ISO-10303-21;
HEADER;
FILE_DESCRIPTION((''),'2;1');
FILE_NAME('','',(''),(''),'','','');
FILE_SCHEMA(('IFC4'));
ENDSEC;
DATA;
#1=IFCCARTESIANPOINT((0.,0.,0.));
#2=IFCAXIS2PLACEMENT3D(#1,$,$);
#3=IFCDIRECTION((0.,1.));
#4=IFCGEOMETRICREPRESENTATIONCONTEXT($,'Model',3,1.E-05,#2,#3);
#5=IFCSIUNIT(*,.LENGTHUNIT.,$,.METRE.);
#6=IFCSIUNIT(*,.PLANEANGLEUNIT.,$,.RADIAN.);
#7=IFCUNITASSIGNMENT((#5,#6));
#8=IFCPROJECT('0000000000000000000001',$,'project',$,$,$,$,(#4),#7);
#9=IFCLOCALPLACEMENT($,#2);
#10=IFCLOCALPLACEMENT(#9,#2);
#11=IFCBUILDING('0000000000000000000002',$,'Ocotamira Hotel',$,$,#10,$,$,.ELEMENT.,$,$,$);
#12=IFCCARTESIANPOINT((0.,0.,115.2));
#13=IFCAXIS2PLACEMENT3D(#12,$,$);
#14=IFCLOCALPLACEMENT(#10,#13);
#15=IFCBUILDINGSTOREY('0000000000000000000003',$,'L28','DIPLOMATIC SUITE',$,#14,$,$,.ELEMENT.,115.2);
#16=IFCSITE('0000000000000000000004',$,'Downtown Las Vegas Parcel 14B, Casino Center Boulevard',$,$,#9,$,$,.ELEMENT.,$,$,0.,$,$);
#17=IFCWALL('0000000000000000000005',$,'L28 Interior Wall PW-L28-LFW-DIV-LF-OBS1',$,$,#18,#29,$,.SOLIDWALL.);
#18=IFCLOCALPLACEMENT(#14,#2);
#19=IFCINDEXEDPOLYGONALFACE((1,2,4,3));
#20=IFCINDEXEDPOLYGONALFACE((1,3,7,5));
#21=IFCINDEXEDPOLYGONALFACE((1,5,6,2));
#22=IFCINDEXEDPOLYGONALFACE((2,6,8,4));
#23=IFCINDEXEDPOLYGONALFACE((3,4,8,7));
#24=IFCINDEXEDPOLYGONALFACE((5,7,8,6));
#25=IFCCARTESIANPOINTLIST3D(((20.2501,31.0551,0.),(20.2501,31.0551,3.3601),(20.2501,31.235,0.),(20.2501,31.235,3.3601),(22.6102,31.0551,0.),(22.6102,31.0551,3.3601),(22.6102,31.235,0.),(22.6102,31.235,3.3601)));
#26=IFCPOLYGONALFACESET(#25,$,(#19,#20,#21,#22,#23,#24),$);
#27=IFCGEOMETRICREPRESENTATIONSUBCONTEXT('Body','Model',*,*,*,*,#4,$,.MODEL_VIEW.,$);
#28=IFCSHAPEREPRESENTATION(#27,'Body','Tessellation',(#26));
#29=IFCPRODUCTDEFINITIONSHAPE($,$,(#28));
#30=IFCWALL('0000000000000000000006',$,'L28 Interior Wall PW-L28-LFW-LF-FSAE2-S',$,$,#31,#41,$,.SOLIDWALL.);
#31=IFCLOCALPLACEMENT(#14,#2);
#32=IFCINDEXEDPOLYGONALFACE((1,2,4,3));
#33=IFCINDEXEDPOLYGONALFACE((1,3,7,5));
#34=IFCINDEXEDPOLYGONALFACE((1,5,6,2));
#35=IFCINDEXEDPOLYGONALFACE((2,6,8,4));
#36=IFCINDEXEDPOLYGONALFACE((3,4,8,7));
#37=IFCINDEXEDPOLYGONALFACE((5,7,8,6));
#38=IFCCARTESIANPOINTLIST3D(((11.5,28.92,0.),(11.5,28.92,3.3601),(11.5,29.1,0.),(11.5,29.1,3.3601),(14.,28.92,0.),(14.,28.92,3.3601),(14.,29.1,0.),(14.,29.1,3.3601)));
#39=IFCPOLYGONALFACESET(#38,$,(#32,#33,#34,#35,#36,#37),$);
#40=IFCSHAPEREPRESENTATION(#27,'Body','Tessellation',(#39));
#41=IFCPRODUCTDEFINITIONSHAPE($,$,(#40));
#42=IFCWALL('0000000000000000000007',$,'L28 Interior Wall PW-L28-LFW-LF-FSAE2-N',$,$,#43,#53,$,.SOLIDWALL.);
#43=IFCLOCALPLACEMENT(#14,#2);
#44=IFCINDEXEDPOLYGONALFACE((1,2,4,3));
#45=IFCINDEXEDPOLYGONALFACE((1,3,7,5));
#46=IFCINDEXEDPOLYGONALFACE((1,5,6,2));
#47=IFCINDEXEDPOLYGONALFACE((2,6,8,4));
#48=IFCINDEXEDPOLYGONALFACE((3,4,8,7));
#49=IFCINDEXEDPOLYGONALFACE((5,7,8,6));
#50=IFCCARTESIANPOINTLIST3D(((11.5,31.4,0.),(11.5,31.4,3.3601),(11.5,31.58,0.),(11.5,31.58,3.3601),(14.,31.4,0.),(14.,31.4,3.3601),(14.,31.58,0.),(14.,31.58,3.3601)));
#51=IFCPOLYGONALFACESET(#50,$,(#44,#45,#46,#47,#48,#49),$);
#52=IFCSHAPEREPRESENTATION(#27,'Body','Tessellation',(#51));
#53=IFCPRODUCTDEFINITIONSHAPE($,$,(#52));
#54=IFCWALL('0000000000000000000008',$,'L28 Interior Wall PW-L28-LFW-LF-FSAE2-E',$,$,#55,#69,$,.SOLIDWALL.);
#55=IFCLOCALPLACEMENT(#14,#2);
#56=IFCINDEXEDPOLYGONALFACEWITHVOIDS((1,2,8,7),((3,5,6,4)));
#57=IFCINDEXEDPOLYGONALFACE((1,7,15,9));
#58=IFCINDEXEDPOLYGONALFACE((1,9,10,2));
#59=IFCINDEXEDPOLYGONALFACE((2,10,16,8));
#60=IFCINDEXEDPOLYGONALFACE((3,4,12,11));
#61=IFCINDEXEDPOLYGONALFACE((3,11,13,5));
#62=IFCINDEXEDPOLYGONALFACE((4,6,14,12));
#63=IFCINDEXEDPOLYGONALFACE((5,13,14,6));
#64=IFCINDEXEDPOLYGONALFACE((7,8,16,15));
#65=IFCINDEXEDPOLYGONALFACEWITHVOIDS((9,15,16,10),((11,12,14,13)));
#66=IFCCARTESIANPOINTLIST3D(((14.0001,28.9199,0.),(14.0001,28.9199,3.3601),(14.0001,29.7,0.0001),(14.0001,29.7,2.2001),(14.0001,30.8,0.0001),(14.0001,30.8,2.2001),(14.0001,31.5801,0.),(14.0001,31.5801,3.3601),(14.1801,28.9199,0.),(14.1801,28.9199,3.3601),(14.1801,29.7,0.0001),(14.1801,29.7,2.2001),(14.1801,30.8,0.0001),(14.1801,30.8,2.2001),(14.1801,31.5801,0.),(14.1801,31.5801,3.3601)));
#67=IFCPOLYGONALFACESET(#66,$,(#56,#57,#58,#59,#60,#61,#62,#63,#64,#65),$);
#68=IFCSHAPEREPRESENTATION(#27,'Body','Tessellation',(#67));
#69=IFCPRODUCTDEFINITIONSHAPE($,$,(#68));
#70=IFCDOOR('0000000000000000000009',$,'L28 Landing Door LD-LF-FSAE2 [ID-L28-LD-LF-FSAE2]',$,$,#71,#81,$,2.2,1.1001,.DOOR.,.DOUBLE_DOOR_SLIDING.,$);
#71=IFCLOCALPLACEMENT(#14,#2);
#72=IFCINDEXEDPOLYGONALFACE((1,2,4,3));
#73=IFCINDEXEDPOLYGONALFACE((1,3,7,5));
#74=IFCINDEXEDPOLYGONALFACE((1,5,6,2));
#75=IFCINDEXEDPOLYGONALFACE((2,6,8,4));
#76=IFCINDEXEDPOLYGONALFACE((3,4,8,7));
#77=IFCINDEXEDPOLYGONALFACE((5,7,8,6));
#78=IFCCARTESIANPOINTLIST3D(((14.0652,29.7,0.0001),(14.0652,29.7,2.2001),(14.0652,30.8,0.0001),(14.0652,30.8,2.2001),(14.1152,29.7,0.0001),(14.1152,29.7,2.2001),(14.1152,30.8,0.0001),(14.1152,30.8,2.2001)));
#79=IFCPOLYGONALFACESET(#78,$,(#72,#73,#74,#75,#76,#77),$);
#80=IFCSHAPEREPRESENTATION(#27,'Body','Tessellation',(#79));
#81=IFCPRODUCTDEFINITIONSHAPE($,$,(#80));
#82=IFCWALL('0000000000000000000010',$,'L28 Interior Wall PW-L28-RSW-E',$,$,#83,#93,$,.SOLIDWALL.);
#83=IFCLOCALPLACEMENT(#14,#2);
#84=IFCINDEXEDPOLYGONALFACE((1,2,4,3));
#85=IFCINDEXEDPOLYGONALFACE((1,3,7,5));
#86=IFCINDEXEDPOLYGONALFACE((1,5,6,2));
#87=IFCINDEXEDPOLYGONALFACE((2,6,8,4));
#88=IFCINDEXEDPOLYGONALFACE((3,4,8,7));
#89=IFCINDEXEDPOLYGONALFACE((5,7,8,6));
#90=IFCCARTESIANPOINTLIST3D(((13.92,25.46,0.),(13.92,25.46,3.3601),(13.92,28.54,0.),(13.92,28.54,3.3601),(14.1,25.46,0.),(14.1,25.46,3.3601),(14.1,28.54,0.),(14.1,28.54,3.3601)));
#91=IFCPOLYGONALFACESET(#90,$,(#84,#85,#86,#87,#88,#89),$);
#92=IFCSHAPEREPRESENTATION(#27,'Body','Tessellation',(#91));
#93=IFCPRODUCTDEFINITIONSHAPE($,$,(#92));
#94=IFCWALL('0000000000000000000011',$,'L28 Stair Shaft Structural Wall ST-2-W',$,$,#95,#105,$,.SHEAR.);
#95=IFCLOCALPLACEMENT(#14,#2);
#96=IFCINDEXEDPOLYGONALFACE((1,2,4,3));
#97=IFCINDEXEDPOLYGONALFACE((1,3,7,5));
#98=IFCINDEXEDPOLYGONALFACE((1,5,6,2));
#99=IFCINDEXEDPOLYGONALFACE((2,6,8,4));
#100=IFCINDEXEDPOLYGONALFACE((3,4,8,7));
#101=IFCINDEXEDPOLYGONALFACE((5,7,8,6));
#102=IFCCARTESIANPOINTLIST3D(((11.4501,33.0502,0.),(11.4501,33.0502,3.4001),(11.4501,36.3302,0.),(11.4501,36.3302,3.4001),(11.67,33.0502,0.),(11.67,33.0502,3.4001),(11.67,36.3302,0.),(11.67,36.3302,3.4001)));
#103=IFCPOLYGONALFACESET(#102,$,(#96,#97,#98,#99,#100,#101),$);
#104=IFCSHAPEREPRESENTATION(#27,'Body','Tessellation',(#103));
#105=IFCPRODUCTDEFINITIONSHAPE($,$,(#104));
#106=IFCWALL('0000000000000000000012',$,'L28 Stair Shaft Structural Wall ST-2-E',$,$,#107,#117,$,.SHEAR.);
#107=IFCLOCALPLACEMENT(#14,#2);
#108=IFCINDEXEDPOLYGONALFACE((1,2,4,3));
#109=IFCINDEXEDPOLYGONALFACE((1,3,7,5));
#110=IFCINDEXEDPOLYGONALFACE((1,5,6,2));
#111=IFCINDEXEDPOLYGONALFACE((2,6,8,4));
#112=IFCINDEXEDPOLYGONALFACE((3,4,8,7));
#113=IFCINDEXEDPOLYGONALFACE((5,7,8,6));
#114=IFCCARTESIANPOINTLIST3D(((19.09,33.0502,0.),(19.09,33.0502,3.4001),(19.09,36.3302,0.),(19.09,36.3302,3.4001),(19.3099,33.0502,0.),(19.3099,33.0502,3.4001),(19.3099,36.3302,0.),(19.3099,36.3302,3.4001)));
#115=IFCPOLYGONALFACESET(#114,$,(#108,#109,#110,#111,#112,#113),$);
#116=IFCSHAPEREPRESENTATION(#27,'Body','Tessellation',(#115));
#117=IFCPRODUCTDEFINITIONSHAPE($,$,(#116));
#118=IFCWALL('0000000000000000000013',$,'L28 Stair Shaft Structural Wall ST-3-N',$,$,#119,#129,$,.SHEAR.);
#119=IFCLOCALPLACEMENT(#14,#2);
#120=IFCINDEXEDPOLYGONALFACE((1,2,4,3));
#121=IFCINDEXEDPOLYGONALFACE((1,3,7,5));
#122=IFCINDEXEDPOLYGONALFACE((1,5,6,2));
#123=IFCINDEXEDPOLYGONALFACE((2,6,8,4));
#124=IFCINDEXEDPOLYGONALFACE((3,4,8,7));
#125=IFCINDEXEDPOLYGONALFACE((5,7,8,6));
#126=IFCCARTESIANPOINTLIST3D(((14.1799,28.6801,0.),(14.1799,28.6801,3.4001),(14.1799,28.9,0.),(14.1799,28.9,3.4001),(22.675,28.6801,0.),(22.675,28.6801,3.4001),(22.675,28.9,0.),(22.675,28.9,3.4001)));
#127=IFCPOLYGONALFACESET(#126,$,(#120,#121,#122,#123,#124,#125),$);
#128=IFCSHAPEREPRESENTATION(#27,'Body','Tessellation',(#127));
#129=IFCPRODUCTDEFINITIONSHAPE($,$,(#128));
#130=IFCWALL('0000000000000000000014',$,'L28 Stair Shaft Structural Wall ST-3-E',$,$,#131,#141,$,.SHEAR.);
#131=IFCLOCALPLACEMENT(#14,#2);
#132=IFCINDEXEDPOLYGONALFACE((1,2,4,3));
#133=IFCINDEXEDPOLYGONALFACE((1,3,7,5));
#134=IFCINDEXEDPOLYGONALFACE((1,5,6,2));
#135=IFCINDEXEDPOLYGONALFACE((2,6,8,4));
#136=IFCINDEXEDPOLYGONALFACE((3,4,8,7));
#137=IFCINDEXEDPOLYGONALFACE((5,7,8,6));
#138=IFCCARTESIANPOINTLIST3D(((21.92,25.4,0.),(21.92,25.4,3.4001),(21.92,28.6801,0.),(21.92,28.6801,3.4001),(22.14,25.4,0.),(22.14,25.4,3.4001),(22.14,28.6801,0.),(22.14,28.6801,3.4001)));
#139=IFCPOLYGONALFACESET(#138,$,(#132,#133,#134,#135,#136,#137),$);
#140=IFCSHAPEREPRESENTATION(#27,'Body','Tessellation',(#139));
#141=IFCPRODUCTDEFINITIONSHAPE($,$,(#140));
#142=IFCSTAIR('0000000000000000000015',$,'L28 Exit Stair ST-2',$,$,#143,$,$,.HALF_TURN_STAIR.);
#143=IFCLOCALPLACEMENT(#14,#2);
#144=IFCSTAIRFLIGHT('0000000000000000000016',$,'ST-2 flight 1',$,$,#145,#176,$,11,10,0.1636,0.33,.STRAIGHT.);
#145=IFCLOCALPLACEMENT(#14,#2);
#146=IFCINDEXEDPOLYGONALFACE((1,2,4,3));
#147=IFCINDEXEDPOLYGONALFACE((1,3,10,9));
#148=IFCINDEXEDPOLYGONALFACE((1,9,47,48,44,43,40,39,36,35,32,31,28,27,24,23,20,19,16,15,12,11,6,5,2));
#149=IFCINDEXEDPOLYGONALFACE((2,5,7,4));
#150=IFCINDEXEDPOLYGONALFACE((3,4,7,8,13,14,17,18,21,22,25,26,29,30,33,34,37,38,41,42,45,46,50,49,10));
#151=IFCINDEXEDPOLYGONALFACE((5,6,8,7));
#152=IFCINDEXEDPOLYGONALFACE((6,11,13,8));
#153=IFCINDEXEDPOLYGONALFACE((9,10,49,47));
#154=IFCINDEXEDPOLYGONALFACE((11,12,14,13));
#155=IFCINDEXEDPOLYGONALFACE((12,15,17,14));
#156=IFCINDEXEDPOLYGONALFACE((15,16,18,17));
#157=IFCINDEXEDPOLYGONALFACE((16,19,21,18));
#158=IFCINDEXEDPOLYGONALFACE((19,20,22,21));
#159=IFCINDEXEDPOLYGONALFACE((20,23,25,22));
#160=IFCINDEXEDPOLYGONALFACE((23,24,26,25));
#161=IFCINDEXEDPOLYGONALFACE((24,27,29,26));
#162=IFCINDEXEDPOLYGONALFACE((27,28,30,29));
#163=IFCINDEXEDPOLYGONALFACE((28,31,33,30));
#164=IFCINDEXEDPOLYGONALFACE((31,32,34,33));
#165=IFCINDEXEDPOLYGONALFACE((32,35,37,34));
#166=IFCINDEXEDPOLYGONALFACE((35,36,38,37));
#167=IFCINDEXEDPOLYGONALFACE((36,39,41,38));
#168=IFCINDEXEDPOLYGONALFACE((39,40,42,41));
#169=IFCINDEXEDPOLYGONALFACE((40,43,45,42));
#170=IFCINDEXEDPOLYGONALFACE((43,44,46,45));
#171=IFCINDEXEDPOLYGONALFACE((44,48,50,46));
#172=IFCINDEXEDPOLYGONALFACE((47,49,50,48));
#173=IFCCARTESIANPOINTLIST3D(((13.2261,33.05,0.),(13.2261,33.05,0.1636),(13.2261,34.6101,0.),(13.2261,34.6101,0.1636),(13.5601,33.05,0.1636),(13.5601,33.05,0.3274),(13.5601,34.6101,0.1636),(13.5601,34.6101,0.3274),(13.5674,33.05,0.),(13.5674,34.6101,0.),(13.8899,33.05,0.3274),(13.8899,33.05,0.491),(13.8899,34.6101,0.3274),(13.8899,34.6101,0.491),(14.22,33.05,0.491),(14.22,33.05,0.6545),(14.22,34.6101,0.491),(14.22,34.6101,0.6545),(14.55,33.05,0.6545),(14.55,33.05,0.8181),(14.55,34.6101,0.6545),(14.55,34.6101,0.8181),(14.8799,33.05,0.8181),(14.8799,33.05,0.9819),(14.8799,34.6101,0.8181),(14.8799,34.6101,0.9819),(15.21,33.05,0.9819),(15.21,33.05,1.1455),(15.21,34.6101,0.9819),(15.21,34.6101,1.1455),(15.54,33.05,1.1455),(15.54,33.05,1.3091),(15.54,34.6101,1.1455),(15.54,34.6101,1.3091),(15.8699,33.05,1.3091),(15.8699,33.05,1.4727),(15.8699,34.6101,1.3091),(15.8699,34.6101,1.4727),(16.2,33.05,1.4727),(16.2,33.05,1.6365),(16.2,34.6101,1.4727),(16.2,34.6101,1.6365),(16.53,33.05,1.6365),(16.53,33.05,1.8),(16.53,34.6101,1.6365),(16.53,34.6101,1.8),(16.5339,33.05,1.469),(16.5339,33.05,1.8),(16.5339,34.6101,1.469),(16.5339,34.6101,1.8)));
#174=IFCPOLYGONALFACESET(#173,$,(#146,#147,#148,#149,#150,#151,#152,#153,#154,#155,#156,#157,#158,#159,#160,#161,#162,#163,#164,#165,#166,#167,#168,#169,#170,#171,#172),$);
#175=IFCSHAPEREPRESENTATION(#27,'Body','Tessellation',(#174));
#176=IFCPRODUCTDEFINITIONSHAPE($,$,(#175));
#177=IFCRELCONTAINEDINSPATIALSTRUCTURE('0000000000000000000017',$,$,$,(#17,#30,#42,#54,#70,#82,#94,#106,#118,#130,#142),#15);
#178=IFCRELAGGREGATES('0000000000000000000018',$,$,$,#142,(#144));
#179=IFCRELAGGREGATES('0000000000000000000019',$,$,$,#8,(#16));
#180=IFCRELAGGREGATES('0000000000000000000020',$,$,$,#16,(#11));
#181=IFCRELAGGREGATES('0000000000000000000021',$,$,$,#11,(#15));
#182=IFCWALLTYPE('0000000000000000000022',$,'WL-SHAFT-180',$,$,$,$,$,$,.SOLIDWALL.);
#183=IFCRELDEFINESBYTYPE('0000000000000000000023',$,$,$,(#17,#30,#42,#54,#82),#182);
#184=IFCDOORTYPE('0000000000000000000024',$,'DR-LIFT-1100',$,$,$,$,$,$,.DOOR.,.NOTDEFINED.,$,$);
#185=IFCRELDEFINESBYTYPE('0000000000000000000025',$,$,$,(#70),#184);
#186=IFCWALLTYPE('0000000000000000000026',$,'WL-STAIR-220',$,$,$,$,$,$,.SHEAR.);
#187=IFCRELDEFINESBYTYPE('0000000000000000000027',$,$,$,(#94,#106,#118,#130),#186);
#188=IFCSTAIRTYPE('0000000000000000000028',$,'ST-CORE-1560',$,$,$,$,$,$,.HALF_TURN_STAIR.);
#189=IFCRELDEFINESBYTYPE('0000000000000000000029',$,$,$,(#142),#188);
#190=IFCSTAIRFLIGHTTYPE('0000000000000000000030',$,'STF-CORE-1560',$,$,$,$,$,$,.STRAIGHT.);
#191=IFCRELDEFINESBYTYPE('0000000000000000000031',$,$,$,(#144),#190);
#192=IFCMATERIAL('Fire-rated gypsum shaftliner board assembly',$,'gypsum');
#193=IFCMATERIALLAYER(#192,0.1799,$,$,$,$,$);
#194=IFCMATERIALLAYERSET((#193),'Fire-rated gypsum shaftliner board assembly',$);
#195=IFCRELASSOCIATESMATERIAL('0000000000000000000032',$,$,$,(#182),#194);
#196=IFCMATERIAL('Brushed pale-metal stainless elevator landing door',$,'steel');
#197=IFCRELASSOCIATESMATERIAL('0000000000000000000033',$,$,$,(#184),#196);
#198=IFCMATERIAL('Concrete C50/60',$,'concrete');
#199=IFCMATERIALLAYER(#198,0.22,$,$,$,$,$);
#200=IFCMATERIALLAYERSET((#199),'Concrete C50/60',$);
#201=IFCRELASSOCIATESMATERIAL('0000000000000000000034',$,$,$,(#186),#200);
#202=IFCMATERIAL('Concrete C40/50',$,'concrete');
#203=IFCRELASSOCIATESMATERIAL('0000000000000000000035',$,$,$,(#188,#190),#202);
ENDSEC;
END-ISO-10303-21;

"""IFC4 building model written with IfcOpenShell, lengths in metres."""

from ifc_helpers import new_model, si_unit, direction, frame, frame_2d, origin, place, context, subcontext, project, spatial, polyline, rectangle, outline, extrude, source, transform, mapped, material, layer, layer_set, type_object, element, fill, aggregate, save


model = new_model("IFC4")

# Units and contexts
model_context = context("Model", 3, precision=1e-05, world=origin(), true_north=direction((0.0, 1.0)))
body_context = subcontext(model_context, "Body", "Model", "MODEL_VIEW")
ifc_project = project(units=[si_unit("LENGTHUNIT", "METRE"), si_unit("PLANEANGLEUNIT", "RADIAN")], contexts=[model_context])

# Site, building, storey
site_placement = place(None, origin())
site = spatial("IfcSite", under=ifc_project, at=site_placement, Name="Downtown Las Vegas Parcel 14B, Casino Center Boulevard", CompositionType="ELEMENT", RefElevation=0.0)
building_placement = place(site_placement, origin())
building = spatial("IfcBuilding", under=site, at=building_placement, Name="Ocotamira Hotel", CompositionType="ELEMENT")
storey_placement = place(building_placement, frame((0.0, 0.0, 115.2)))
storey = spatial("IfcBuildingStorey", under=building, at=storey_placement, Name="L28", Description="DIPLOMATIC SUITE", CompositionType="ELEMENT", Elevation=115.2)

# Walls
ifc_material_1 = material(Name="Fire-rated gypsum shaftliner board assembly", Category="gypsum")
ifc_layer_1 = layer(ifc_material_1, 0.1799)
ifc_layer_set_1 = layer_set([ifc_layer_1], Name="Fire-rated gypsum shaftliner board assembly")
wall_type_1 = type_object("IfcWallType", Name="WL-SHAFT-180", PredefinedType="SOLIDWALL", material=ifc_layer_set_1)
wall_1_placement = place(storey_placement, frame((20.25, 31.145, 0.0), z_axis=(0.0, 0.0, 1.0), x_axis=(1.0, 0.0, 0.0)))
element("IfcWall", 1, at=wall_1_placement, inside=storey, type_object=wall_type_1, Name="L28 Interior Wall PW-L28-LFW-DIV-LF-OBS1", PredefinedType="SOLIDWALL", context=body_context, shape_type="SweptSolid", body=[
    extrude(rectangle(XDim=2.3601, YDim=0.1799, at=frame_2d((1.1802, 0.0))), origin(), (0.0, 0.0, 1.0), 3.3601),
])
for number, where, z_axis, x_axis, name in (
    (2, (11.5, 29.01, 0.0), (0.0, 0.0, 1.0), (1.0, 0.0, 0.0), "L28 Interior Wall PW-L28-LFW-LF-FSAE2-S"),
    (3, (11.5, 31.49, 0.0), (0.0, 0.0, 1.0), (1.0, 0.0, 0.0), "L28 Interior Wall PW-L28-LFW-LF-FSAE2-N"),
):
    element("IfcWall", number, at=place(storey_placement, frame(where, z_axis=z_axis, x_axis=x_axis)), inside=storey, type_object=wall_type_1, Name=name, PredefinedType="SOLIDWALL", context=body_context, shape_type="SweptSolid", body=[
        extrude(rectangle(XDim=2.5, YDim=0.1799, at=frame_2d((1.25, 0.0))), origin(), (0.0, 0.0, 1.0), 3.3601),
    ])

# Wall, opening, door
wall_2_placement = place(storey_placement, frame((14.0901, 28.9199, 0.0), z_axis=(0.0, 0.0, 1.0), x_axis=(0.0, 1.0, 0.0)))
wall_2 = element("IfcWall", 4, at=wall_2_placement, inside=storey, type_object=wall_type_1, Name="L28 Interior Wall PW-L28-LFW-LF-FSAE2-E", PredefinedType="SOLIDWALL", context=body_context, shape_type="SweptSolid", body=[
    extrude(rectangle(XDim=2.6602, YDim=0.1799, at=frame_2d((1.3301, 0.0))), origin(), (0.0, 0.0, 1.0), 3.3601),
])
opening_1_placement = place(wall_2_placement, frame((0.78, 0.0, 0.0)))
opening_1 = element("IfcOpeningElement", 5, at=opening_1_placement, cuts=wall_2, PredefinedType="OPENING", context=body_context, shape_type="SweptSolid", body=[
    extrude(rectangle(XDim=1.1001, YDim=2.2, at=frame_2d((0.55, 1.1001))), frame((0.0, 0.1001, 0.0), z_axis=(0.0, -1.0, 0.0), x_axis=(1.0, 0.0, 0.0)), (0.0, 0.0, 1.0), 0.2),
])
ifc_material_2 = material(Name="Brushed pale-metal stainless elevator landing door", Category="steel")
door_type_1 = type_object("IfcDoorType", Name="DR-LIFT-1100", OperationType="NOTDEFINED", PredefinedType="DOOR", material=ifc_material_2)
shared_shape_1 = source(origin(), body_context, "Body", "SweptSolid", [
    extrude(rectangle(XDim=1.1001, YDim=2.2, at=frame_2d((0.55, 1.1001))), frame((0.0, 0.0249, 0.0), z_axis=(0.0, -1.0, 0.0), x_axis=(1.0, 0.0, 0.0)), (0.0, 0.0, 1.0), 0.05),
])
door_1_placement = place(opening_1_placement, origin())
door_1 = element("IfcDoor", 6, at=door_1_placement, inside=storey, type_object=door_type_1, Name="L28 Landing Door LD-LF-FSAE2 [ID-L28-LD-LF-FSAE2]", OperationType="DOUBLE_DOOR_SLIDING", OverallHeight=2.2, OverallWidth=1.1001, PredefinedType="DOOR", context=body_context, shape_type="MappedRepresentation", body=[
    mapped(shared_shape_1, transform((0.0, 0.0, 0.0), scale=1.0)),
])
fill(opening_1, door_1)

# Walls
wall_3_placement = place(storey_placement, frame((14.01, 25.46, 0.0), z_axis=(0.0, 0.0, 1.0), x_axis=(0.0, 1.0, 0.0)))
element("IfcWall", 7, at=wall_3_placement, inside=storey, type_object=wall_type_1, Name="L28 Interior Wall PW-L28-RSW-E", PredefinedType="SOLIDWALL", context=body_context, shape_type="SweptSolid", body=[
    extrude(rectangle(XDim=3.0801, YDim=0.1799, at=frame_2d((1.54, 0.0))), origin(), (0.0, 0.0, 1.0), 3.3601),
])
ifc_material_3 = material(Name="Concrete C50/60", Category="concrete")
ifc_layer_2 = layer(ifc_material_3, 0.22)
ifc_layer_set_2 = layer_set([ifc_layer_2], Name="Concrete C50/60")
wall_type_2 = type_object("IfcWallType", Name="WL-STAIR-220", PredefinedType="SHEAR", material=ifc_layer_set_2)
for number, where, z_axis, x_axis, name in (
    (8, (11.5601, 33.05, 0.0), (0.0, 0.0, 1.0), (0.0, 1.0, 0.0), "L28 Stair Shaft Structural Wall ST-2-W"),
    (9, (19.2, 33.05, 0.0), (0.0, 0.0, 1.0), (0.0, 1.0, 0.0), "L28 Stair Shaft Structural Wall ST-2-E"),
):
    element("IfcWall", number, at=place(storey_placement, frame(where, z_axis=z_axis, x_axis=x_axis)), inside=storey, type_object=wall_type_2, Name=name, PredefinedType="SHEAR", context=body_context, shape_type="SweptSolid", body=[
        extrude(rectangle(XDim=3.28, YDim=0.22, at=frame_2d((1.6401, 0.0))), origin(), (0.0, 0.0, 1.0), 3.4001),
    ])
wall_4_placement = place(storey_placement, frame((14.1799, 28.79, 0.0), z_axis=(0.0, 0.0, 1.0), x_axis=(1.0, 0.0, 0.0)))
element("IfcWall", 10, at=wall_4_placement, inside=storey, type_object=wall_type_2, Name="L28 Stair Shaft Structural Wall ST-3-N", PredefinedType="SHEAR", context=body_context, shape_type="SweptSolid", body=[
    extrude(rectangle(XDim=8.4951, YDim=0.22, at=frame_2d((4.2476, 0.0))), origin(), (0.0, 0.0, 1.0), 3.4001),
])
wall_5_placement = place(storey_placement, frame((22.03, 25.3999, 0.0), z_axis=(0.0, 0.0, 1.0), x_axis=(0.0, 1.0, 0.0)))
element("IfcWall", 11, at=wall_5_placement, inside=storey, type_object=wall_type_2, Name="L28 Stair Shaft Structural Wall ST-3-E", PredefinedType="SHEAR", context=body_context, shape_type="SweptSolid", body=[
    extrude(rectangle(XDim=3.28, YDim=0.22, at=frame_2d((1.6401, 0.0))), origin(), (0.0, 0.0, 1.0), 3.4001),
])

# Stair, stair flight
ifc_material_4 = material(Name="Concrete C40/50", Category="concrete")
stair_type = type_object("IfcStairType", Name="ST-CORE-1560", PredefinedType="HALF_TURN_STAIR", material=ifc_material_4)
stair_1_placement = place(storey_placement, origin())
stair_1 = element("IfcStair", 12, at=stair_1_placement, inside=storey, type_object=stair_type, Name="L28 Exit Stair ST-2", PredefinedType="HALF_TURN_STAIR")
stair_flight_type = type_object("IfcStairFlightType", Name="STF-CORE-1560", PredefinedType="STRAIGHT", material=ifc_material_4)
shared_shape_2 = source(origin(), body_context, "Body", "SweptSolid", [
    extrude(outline(polyline([(-0.0039, 0.0), (-0.0039, 0.1636), (0.3301, 0.1636), (0.3301, 0.3274), (0.6599, 0.3274), (0.6599, 0.491), (0.99, 0.491), (0.99, 0.6545), (1.3201, 0.6545), (1.3201, 0.8181), (1.6499, 0.8181), (1.6499, 0.9819), (1.98, 0.9819), (1.98, 1.1455), (2.3101, 1.1455), (2.3101, 1.3091), (2.6399, 1.3091), (2.6399, 1.4727), (2.97, 1.4727), (2.97, 1.6365), (3.3, 1.6365), (3.3, 1.8), (3.304, 1.8), (3.304, 1.469), (0.3374, 0.0), (-0.0039, 0.0)])), frame((0.0, 0.78, 0.0), z_axis=(0.0, -1.0, 0.0), x_axis=(1.0, 0.0, 0.0)), (0.0, 0.0, 1.0), 1.5601),
])
stair_flight_1_placement = place(storey_placement, frame((13.23, 33.8301, 0.0), z_axis=(0.0, 0.0, 1.0), x_axis=(1.0, 0.0, 0.0)))
stair_flight_1 = element("IfcStairFlight", 13, at=stair_flight_1_placement, type_object=stair_flight_type, Name="ST-2 flight 1", NumberOfRisers=11, NumberOfTreads=10, PredefinedType="STRAIGHT", RiserHeight=0.1636, TreadLength=0.33, context=body_context, shape_type="MappedRepresentation", body=[
    mapped(shared_shape_2, transform((0.0, 0.0, 0.0), scale=1.0)),
])
aggregate(stair_1, [stair_flight_1])

save(model, "model.ifc")
